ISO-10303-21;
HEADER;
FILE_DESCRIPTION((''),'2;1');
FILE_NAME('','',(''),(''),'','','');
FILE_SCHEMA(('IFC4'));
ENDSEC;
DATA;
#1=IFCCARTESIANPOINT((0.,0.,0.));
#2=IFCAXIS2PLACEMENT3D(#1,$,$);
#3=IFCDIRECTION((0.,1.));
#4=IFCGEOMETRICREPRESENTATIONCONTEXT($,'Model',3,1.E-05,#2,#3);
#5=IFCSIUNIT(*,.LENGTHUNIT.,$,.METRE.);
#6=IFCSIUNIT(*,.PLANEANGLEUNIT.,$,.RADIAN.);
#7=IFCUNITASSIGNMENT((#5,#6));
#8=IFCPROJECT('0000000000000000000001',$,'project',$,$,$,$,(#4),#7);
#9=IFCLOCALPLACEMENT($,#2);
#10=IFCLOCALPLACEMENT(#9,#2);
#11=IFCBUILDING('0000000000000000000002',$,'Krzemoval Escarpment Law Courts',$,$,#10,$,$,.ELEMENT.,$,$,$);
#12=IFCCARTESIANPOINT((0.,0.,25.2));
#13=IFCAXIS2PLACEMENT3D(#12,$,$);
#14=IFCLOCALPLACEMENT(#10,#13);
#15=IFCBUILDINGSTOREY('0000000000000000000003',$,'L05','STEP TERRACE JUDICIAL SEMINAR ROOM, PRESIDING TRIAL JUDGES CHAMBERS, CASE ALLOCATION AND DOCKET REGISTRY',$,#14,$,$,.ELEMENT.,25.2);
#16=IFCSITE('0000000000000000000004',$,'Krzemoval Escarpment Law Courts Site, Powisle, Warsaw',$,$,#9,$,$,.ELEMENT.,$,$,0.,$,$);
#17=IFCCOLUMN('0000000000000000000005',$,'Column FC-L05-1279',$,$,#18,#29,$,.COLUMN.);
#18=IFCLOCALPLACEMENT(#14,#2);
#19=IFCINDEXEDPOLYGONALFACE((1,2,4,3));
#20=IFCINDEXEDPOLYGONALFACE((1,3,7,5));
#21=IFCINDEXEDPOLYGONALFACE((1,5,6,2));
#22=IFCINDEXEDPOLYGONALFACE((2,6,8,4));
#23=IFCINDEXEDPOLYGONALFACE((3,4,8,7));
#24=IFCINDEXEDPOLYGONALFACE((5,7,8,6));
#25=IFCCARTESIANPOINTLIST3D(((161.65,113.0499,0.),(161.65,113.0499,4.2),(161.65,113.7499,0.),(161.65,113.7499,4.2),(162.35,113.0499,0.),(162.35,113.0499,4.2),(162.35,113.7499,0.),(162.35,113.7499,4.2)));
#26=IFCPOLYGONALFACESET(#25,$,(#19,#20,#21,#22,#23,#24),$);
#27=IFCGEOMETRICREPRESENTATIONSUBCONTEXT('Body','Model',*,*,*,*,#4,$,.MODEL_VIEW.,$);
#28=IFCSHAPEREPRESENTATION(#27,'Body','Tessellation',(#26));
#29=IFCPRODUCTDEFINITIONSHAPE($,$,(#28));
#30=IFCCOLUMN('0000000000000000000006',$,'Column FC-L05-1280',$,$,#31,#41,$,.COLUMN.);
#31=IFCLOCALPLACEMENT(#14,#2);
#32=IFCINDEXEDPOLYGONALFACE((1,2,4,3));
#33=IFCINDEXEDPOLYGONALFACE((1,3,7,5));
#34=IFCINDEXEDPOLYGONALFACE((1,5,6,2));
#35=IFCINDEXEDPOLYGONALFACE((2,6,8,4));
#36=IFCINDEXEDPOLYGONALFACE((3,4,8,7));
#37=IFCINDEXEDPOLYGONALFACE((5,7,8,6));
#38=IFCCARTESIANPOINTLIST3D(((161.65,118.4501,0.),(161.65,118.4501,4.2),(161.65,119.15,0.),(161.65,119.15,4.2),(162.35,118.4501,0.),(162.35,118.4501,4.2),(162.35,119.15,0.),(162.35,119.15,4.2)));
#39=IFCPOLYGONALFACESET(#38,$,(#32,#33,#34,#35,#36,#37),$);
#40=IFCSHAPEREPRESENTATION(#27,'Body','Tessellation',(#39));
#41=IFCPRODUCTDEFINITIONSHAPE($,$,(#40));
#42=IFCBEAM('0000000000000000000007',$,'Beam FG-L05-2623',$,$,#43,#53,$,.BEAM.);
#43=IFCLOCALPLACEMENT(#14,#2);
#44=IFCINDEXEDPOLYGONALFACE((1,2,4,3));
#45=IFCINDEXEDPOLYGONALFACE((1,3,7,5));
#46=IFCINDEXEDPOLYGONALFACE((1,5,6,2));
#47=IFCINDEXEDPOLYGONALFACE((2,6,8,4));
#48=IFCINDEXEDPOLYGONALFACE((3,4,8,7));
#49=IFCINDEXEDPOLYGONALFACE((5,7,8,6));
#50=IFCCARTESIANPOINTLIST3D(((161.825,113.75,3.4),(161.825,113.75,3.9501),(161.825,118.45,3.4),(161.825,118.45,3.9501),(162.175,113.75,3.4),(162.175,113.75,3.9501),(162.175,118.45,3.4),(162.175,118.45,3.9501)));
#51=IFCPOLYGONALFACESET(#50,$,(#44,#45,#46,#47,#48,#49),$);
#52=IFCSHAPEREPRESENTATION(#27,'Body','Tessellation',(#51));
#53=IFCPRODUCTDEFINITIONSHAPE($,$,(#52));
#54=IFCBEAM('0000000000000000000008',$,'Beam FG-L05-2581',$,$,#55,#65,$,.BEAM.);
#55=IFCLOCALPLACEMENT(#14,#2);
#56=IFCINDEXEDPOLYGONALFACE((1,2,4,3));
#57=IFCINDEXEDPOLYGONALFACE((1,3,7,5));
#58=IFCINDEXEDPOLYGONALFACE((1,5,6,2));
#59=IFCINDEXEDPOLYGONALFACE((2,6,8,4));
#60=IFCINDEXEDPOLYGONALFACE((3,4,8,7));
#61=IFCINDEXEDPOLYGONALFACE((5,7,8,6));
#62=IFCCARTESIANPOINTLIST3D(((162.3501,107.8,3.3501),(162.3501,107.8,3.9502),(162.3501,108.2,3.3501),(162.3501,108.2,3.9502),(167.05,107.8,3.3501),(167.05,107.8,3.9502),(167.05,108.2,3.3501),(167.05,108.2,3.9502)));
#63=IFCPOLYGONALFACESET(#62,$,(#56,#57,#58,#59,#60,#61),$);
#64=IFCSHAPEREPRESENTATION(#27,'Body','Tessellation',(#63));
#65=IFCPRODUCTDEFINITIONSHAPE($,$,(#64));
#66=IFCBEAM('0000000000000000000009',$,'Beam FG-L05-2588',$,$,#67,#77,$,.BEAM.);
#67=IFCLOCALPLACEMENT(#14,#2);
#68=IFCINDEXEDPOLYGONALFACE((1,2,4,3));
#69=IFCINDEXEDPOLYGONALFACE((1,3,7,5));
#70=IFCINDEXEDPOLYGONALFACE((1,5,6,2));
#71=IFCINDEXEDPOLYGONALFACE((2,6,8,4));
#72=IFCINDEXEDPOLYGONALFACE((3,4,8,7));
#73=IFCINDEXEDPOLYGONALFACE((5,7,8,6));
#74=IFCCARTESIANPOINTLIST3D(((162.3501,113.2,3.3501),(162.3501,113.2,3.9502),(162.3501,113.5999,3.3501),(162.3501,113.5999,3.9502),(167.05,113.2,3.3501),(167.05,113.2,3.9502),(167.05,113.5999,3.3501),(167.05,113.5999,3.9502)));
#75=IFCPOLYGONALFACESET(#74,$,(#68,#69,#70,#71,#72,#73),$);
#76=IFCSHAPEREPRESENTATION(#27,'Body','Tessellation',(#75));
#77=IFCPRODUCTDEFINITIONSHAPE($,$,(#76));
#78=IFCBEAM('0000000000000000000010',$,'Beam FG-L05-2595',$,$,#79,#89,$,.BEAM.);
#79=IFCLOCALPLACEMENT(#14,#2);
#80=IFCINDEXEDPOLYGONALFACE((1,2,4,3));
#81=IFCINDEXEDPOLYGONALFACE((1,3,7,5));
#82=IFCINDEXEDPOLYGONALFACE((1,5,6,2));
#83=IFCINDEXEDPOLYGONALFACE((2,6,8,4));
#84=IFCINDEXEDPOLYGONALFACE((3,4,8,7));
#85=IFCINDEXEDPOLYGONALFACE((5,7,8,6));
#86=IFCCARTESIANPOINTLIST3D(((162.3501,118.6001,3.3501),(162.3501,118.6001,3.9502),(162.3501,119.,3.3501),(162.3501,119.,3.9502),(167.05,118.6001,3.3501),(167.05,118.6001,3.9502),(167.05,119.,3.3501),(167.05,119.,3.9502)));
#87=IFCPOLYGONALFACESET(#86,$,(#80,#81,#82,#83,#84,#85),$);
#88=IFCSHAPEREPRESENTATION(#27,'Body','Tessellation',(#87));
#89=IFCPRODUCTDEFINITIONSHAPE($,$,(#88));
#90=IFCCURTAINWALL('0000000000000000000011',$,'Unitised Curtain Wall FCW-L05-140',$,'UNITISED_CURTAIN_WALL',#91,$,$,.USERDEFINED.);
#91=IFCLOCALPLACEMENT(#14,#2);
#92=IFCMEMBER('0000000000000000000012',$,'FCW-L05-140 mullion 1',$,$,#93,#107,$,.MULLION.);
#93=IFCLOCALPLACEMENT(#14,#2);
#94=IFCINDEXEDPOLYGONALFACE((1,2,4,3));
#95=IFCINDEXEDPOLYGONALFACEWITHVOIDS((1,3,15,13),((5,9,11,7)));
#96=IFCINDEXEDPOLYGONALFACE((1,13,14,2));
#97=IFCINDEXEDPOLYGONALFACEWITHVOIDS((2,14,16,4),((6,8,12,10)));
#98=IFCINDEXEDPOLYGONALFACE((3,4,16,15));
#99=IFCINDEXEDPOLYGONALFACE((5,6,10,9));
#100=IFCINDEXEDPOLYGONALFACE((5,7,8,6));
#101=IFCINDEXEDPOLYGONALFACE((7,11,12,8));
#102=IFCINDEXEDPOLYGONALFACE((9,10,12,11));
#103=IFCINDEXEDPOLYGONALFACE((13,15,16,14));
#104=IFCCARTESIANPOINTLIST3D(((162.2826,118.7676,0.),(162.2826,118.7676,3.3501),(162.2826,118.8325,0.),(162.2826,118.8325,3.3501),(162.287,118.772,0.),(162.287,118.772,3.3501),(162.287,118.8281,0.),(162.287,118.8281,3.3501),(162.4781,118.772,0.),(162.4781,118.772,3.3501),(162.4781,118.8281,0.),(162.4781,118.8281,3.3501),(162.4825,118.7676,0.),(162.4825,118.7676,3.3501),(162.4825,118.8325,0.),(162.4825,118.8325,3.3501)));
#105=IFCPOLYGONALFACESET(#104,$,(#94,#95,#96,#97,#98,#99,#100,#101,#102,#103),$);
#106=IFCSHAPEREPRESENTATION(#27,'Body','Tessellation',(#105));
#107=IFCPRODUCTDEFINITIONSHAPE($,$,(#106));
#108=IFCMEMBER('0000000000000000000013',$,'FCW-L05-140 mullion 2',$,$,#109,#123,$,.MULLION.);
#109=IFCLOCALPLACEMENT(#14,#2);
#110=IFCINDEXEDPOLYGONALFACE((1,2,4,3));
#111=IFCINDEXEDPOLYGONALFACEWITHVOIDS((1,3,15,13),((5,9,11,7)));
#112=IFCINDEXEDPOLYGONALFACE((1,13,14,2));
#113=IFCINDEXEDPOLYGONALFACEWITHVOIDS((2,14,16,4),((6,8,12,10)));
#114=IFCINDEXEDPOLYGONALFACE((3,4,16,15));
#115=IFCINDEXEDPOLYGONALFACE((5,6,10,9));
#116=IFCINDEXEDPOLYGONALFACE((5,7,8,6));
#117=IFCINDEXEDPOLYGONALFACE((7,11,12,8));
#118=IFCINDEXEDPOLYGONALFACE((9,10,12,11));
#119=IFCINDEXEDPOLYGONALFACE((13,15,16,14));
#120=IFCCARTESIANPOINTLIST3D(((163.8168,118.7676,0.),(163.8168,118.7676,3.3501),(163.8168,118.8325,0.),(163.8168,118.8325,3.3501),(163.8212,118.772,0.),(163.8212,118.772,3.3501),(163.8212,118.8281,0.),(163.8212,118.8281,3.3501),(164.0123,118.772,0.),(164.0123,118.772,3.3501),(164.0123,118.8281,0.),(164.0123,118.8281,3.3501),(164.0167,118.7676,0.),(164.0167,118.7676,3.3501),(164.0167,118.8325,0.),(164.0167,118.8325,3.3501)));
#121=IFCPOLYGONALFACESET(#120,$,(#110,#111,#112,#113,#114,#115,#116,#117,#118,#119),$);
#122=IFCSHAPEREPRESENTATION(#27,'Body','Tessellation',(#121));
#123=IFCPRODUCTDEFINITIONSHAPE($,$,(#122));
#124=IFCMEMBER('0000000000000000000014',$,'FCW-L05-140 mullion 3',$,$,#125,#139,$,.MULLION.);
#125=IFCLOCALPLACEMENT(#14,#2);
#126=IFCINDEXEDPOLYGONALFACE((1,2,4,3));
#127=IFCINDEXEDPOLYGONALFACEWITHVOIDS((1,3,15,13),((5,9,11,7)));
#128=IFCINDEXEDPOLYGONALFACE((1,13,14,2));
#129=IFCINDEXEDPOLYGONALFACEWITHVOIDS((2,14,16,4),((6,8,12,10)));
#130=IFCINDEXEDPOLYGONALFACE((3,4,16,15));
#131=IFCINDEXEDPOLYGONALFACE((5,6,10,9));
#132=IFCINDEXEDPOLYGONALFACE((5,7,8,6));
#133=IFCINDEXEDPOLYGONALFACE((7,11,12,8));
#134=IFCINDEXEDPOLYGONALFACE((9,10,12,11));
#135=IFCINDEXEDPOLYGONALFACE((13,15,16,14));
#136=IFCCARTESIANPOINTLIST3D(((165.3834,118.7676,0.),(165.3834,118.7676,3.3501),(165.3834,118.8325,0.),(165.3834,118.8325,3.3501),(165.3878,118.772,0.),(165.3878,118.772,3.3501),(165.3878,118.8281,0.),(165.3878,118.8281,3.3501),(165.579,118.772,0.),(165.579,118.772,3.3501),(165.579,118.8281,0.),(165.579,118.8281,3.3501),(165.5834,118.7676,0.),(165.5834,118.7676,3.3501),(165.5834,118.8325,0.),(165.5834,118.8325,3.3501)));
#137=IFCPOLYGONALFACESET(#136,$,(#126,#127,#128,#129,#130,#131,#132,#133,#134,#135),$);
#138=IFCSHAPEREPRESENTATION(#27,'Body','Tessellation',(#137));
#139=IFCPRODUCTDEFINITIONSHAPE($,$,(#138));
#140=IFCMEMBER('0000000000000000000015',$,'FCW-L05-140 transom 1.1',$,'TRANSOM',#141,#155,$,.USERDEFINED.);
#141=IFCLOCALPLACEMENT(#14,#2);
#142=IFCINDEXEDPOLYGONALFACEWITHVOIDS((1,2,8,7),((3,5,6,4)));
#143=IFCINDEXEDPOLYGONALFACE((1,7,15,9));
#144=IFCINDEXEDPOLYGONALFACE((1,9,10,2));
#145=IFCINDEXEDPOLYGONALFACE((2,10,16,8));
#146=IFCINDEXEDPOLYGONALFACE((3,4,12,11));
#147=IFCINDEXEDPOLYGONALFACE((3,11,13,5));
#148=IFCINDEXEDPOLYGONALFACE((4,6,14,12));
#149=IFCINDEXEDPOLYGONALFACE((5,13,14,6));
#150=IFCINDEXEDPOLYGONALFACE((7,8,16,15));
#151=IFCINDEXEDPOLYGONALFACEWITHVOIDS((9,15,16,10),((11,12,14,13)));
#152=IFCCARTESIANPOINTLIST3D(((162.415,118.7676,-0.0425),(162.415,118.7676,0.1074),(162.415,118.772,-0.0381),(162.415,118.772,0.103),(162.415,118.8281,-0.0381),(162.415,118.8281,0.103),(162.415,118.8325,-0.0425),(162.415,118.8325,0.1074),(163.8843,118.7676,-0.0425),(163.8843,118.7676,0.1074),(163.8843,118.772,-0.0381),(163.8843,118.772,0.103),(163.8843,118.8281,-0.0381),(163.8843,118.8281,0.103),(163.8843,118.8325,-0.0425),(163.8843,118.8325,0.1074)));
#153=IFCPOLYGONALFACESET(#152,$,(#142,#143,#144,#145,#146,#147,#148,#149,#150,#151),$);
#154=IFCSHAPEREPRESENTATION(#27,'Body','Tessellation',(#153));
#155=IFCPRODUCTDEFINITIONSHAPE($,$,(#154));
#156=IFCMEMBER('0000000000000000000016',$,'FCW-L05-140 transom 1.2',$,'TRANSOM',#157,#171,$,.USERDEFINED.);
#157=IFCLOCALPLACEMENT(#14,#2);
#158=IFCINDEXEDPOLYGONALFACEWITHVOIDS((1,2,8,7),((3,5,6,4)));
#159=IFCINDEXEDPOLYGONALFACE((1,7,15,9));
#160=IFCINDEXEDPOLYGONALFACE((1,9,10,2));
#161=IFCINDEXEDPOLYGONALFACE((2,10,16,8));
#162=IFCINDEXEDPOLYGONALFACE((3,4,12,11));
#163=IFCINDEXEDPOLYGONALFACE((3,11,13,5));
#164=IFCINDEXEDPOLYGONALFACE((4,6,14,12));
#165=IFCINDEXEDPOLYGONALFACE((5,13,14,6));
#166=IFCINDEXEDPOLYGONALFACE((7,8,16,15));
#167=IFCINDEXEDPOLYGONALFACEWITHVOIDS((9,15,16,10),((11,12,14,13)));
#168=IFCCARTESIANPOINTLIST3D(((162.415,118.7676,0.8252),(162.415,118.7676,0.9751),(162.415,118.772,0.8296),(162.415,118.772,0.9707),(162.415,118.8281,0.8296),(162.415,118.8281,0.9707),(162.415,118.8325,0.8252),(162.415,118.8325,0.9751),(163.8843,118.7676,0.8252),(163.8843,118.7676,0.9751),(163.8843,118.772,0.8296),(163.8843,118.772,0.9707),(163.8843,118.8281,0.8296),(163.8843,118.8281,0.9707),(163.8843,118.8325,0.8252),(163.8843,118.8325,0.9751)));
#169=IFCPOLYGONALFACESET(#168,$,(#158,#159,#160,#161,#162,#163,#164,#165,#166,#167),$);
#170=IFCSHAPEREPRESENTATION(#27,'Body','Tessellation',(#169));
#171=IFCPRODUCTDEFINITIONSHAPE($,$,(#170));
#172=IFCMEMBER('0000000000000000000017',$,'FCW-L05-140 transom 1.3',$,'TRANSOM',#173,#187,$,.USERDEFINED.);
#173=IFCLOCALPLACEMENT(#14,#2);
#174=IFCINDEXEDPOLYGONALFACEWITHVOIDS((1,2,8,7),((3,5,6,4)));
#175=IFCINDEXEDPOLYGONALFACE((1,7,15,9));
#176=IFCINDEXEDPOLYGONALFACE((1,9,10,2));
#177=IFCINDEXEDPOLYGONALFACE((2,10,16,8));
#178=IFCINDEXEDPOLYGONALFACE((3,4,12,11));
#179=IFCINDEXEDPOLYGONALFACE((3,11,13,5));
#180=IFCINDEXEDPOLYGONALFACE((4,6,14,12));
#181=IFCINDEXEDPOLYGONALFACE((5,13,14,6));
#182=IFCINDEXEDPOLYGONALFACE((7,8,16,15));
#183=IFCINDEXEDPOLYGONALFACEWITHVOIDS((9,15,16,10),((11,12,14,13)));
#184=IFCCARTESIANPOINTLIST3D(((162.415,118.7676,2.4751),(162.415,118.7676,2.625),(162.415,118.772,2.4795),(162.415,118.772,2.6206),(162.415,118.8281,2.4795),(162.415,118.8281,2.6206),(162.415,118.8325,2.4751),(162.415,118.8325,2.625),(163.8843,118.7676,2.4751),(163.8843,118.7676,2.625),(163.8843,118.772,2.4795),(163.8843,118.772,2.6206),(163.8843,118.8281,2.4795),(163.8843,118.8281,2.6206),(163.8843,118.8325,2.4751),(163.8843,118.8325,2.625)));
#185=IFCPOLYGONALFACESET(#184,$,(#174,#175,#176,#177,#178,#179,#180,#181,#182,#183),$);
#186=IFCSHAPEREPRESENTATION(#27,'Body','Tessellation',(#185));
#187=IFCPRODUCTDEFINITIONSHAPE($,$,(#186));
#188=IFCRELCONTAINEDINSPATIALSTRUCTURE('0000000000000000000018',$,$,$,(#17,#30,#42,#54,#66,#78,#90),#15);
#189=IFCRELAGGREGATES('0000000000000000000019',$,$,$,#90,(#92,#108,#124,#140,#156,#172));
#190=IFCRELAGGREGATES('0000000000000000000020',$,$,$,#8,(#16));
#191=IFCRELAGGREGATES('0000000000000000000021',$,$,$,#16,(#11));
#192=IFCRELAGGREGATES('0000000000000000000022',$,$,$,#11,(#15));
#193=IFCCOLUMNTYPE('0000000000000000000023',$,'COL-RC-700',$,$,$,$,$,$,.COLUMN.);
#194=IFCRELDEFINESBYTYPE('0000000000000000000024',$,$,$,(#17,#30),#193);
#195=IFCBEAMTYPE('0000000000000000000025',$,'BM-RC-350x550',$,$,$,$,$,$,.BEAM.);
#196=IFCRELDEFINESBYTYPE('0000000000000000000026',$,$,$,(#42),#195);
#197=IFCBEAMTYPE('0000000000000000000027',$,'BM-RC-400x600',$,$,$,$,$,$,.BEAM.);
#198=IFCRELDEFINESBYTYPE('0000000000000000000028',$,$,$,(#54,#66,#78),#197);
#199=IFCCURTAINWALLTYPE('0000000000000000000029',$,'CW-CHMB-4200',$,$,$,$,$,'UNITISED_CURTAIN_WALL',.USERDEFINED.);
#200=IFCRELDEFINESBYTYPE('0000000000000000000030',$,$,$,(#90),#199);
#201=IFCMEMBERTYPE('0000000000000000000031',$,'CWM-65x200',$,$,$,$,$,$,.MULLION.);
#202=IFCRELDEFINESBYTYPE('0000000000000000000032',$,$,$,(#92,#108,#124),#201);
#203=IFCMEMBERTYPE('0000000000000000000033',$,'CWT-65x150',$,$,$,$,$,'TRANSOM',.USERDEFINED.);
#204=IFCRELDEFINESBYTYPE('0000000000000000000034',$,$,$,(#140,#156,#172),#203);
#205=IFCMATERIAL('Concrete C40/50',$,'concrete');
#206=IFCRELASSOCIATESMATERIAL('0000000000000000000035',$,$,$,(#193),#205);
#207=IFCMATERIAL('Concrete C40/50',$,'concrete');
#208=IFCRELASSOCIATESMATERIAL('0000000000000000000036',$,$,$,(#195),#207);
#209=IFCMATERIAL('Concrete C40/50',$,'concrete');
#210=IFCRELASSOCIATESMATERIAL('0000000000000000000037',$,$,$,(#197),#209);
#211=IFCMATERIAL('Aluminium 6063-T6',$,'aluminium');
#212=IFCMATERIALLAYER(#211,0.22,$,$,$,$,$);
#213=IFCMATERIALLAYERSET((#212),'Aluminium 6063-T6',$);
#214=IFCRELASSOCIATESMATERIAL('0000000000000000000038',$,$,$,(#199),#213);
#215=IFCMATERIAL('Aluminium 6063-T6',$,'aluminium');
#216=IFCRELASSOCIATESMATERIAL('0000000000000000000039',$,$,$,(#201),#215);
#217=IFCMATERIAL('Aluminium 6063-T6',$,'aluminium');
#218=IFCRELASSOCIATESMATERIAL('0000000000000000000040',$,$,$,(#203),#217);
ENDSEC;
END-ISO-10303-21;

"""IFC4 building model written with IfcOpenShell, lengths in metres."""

from ifc_helpers import new_model, si_unit, direction, frame, origin, origin_2d, place, context, subcontext, project, spatial, rectangle, hollow_rectangle, extrude, material, layer, layer_set, material_profile, profile_set, type_object, element, aggregate, save


model = new_model("IFC4")

# Units and contexts
model_context = context("Model", 3, precision=1e-05, world=origin(), true_north=direction((0.0, 1.0)))
body_context = subcontext(model_context, "Body", "Model", "MODEL_VIEW")
ifc_project = project(units=[si_unit("LENGTHUNIT", "METRE"), si_unit("PLANEANGLEUNIT", "RADIAN")], contexts=[model_context])

# Site, building, storey
site_placement = place(None, origin())
site = spatial("IfcSite", under=ifc_project, at=site_placement, Name="Krzemoval Escarpment Law Courts Site, Powisle, Warsaw", CompositionType="ELEMENT", RefElevation=0.0)
building_placement = place(site_placement, origin())
building = spatial("IfcBuilding", under=site, at=building_placement, Name="Krzemoval Escarpment Law Courts", CompositionType="ELEMENT")
storey_placement = place(building_placement, frame((0.0, 0.0, 25.2)))
storey = spatial("IfcBuildingStorey", under=building, at=storey_placement, Name="L05", Description="STEP TERRACE JUDICIAL SEMINAR ROOM, PRESIDING TRIAL JUDGES CHAMBERS, CASE ALLOCATION AND DOCKET REGISTRY", CompositionType="ELEMENT", Elevation=25.2)

# Columns
ifc_material_1 = material(Name="Concrete C40/50", Category="concrete")
ifc_material_profile_1 = material_profile(ifc_material_1, rectangle(XDim=0.7, YDim=0.7, at=origin_2d()), Name="RC 700x700")
ifc_profile_set_1 = profile_set([ifc_material_profile_1], Name="Concrete C40/50")
column_type = type_object("IfcColumnType", Name="COL-RC-700", PredefinedType="COLUMN", material=ifc_profile_set_1)
for number, where, z_axis, x_axis, name in (
    (1, (162.0, 113.3999, 0.0), (0.0, 0.0, 1.0), (1.0, 0.0, 0.0), "Column FC-L05-1279"),
    (2, (162.0, 118.8, 0.0), (0.0, 0.0, 1.0), (1.0, 0.0, 0.0), "Column FC-L05-1280"),
):
    element("IfcColumn", number, at=place(storey_placement, frame(where, z_axis=z_axis, x_axis=x_axis)), inside=storey, type_object=column_type, Name=name, PredefinedType="COLUMN", context=body_context, shape_type="SweptSolid", body=[
        extrude(rectangle(XDim=0.7, YDim=0.7, at=origin_2d()), origin(), (0.0, 0.0, 1.0), 4.2),
    ])

# Beams
ifc_material_2 = material(Name="Concrete C40/50", Category="concrete")
ifc_material_profile_2 = material_profile(ifc_material_2, rectangle(XDim=0.3501, YDim=0.55, at=origin_2d()), Name="RCB 350x550")
ifc_profile_set_2 = profile_set([ifc_material_profile_2], Name="Concrete C40/50")
beam_type_1 = type_object("IfcBeamType", Name="BM-RC-350x550", PredefinedType="BEAM", material=ifc_profile_set_2)
beam_placement = place(storey_placement, frame((162.0, 113.75, 3.675), z_axis=(0.0, 1.0, 0.0), x_axis=(-1.0, 0.0, 0.0)))
element("IfcBeam", 3, at=beam_placement, inside=storey, type_object=beam_type_1, Name="Beam FG-L05-2623", PredefinedType="BEAM", context=body_context, shape_type="SweptSolid", body=[
    extrude(rectangle(XDim=0.3501, YDim=0.55, at=origin_2d()), origin(), (0.0, 0.0, 1.0), 4.7),
])
ifc_material_3 = material(Name="Concrete C40/50", Category="concrete")
ifc_material_profile_3 = material_profile(ifc_material_3, rectangle(XDim=0.3999, YDim=0.6001, at=origin_2d()), Name="RCB 400x600")
ifc_profile_set_3 = profile_set([ifc_material_profile_3], Name="Concrete C40/50")
beam_type_2 = type_object("IfcBeamType", Name="BM-RC-400x600", PredefinedType="BEAM", material=ifc_profile_set_3)
for number, where, z_axis, x_axis, name in (
    (4, (162.3501, 108.0, 3.6501), (1.0, 0.0, 0.0), (0.0, 1.0, 0.0), "Beam FG-L05-2581"),
    (5, (162.3501, 113.3999, 3.6501), (1.0, 0.0, 0.0), (0.0, 1.0, 0.0), "Beam FG-L05-2588"),
    (6, (162.3501, 118.8, 3.6501), (1.0, 0.0, 0.0), (0.0, 1.0, 0.0), "Beam FG-L05-2595"),
):
    element("IfcBeam", number, at=place(storey_placement, frame(where, z_axis=z_axis, x_axis=x_axis)), inside=storey, type_object=beam_type_2, Name=name, PredefinedType="BEAM", context=body_context, shape_type="SweptSolid", body=[
        extrude(rectangle(XDim=0.3999, YDim=0.6001, at=origin_2d()), origin(), (0.0, 0.0, 1.0), 4.7),
    ])

# Curtain wall, members
ifc_material_4 = material(Name="Aluminium 6063-T6", Category="aluminium")
ifc_layer_1 = layer(ifc_material_4, 0.22)
ifc_layer_set_1 = layer_set([ifc_layer_1], Name="Aluminium 6063-T6")
curtain_wall_type = type_object("IfcCurtainWallType", Name="CW-CHMB-4200", ElementType="UNITISED_CURTAIN_WALL", PredefinedType="USERDEFINED", material=ifc_layer_set_1)
curtain_wall_placement = place(storey_placement, origin())
curtain_wall = element("IfcCurtainWall", 7, at=curtain_wall_placement, inside=storey, type_object=curtain_wall_type, Name="Unitised Curtain Wall FCW-L05-140", ObjectType="UNITISED_CURTAIN_WALL", PredefinedType="USERDEFINED")
ifc_material_5 = material(Name="Aluminium 6063-T6", Category="aluminium")
ifc_material_profile_4 = material_profile(ifc_material_5, hollow_rectangle(XDim=0.0649, YDim=0.2, WallThickness=0.0044, at=origin_2d()), Name="ALU M65x200")
ifc_profile_set_4 = profile_set([ifc_material_profile_4], Name="Aluminium 6063-T6")
member_type_1 = type_object("IfcMemberType", Name="CWM-65x200", PredefinedType="MULLION", material=ifc_profile_set_4)
member_1_placement = place(storey_placement, frame((162.3826, 118.8, 0.0), z_axis=(0.0, 0.0, 1.0), x_axis=(0.0, 1.0, 0.0)))
member_1 = element("IfcMember", 8, at=member_1_placement, type_object=member_type_1, Name="FCW-L05-140 mullion 1", PredefinedType="MULLION", context=body_context, shape_type="SweptSolid", body=[
    extrude(hollow_rectangle(XDim=0.0649, YDim=0.2, WallThickness=0.0044, at=origin_2d()), origin(), (0.0, 0.0, 1.0), 3.3501),
])
member_2_placement = place(storey_placement, frame((163.9167, 118.8, 0.0), z_axis=(0.0, 0.0, 1.0), x_axis=(0.0, 1.0, 0.0)))
member_2 = element("IfcMember", 9, at=member_2_placement, type_object=member_type_1, Name="FCW-L05-140 mullion 2", PredefinedType="MULLION", context=body_context, shape_type="SweptSolid", body=[
    extrude(hollow_rectangle(XDim=0.0649, YDim=0.2, WallThickness=0.0044, at=origin_2d()), origin(), (0.0, 0.0, 1.0), 3.3501),
])
member_3_placement = place(storey_placement, frame((165.4834, 118.8, 0.0), z_axis=(0.0, 0.0, 1.0), x_axis=(0.0, 1.0, 0.0)))
member_3 = element("IfcMember", 10, at=member_3_placement, type_object=member_type_1, Name="FCW-L05-140 mullion 3", PredefinedType="MULLION", context=body_context, shape_type="SweptSolid", body=[
    extrude(hollow_rectangle(XDim=0.0649, YDim=0.2, WallThickness=0.0044, at=origin_2d()), origin(), (0.0, 0.0, 1.0), 3.3501),
])
ifc_material_6 = material(Name="Aluminium 6063-T6", Category="aluminium")
ifc_material_profile_5 = material_profile(ifc_material_6, hollow_rectangle(XDim=0.0649, YDim=0.1499, WallThickness=0.0044, at=origin_2d()), Name="ALU T65x150")
ifc_profile_set_5 = profile_set([ifc_material_profile_5], Name="Aluminium 6063-T6")
member_type_2 = type_object("IfcMemberType", Name="CWT-65x150", ElementType="TRANSOM", PredefinedType="USERDEFINED", material=ifc_profile_set_5)
member_4_placement = place(storey_placement, frame((162.415, 118.8, 0.0325), z_axis=(1.0, 0.0, 0.0), x_axis=(0.0, 1.0, 0.0)))
member_4 = element("IfcMember", 11, at=member_4_placement, type_object=member_type_2, Name="FCW-L05-140 transom 1.1", ObjectType="TRANSOM", PredefinedType="USERDEFINED", context=body_context, shape_type="SweptSolid", body=[
    extrude(hollow_rectangle(XDim=0.0649, YDim=0.1499, WallThickness=0.0044, at=origin_2d()), origin(), (0.0, 0.0, 1.0), 1.4692),
])
member_5_placement = place(storey_placement, frame((162.415, 118.8, 0.9001), z_axis=(1.0, 0.0, 0.0), x_axis=(0.0, 1.0, 0.0)))
member_5 = element("IfcMember", 12, at=member_5_placement, type_object=member_type_2, Name="FCW-L05-140 transom 1.2", ObjectType="TRANSOM", PredefinedType="USERDEFINED", context=body_context, shape_type="SweptSolid", body=[
    extrude(hollow_rectangle(XDim=0.0649, YDim=0.1499, WallThickness=0.0044, at=origin_2d()), origin(), (0.0, 0.0, 1.0), 1.4692),
])
member_6_placement = place(storey_placement, frame((162.415, 118.8, 2.55), z_axis=(1.0, 0.0, 0.0), x_axis=(0.0, 1.0, 0.0)))
member_6 = element("IfcMember", 13, at=member_6_placement, type_object=member_type_2, Name="FCW-L05-140 transom 1.3", ObjectType="TRANSOM", PredefinedType="USERDEFINED", context=body_context, shape_type="SweptSolid", body=[
    extrude(hollow_rectangle(XDim=0.0649, YDim=0.1499, WallThickness=0.0044, at=origin_2d()), origin(), (0.0, 0.0, 1.0), 1.4692),
])
aggregate(curtain_wall, [member_1, member_2, member_3, member_4, member_5, member_6])

save(model, "model.ifc")
